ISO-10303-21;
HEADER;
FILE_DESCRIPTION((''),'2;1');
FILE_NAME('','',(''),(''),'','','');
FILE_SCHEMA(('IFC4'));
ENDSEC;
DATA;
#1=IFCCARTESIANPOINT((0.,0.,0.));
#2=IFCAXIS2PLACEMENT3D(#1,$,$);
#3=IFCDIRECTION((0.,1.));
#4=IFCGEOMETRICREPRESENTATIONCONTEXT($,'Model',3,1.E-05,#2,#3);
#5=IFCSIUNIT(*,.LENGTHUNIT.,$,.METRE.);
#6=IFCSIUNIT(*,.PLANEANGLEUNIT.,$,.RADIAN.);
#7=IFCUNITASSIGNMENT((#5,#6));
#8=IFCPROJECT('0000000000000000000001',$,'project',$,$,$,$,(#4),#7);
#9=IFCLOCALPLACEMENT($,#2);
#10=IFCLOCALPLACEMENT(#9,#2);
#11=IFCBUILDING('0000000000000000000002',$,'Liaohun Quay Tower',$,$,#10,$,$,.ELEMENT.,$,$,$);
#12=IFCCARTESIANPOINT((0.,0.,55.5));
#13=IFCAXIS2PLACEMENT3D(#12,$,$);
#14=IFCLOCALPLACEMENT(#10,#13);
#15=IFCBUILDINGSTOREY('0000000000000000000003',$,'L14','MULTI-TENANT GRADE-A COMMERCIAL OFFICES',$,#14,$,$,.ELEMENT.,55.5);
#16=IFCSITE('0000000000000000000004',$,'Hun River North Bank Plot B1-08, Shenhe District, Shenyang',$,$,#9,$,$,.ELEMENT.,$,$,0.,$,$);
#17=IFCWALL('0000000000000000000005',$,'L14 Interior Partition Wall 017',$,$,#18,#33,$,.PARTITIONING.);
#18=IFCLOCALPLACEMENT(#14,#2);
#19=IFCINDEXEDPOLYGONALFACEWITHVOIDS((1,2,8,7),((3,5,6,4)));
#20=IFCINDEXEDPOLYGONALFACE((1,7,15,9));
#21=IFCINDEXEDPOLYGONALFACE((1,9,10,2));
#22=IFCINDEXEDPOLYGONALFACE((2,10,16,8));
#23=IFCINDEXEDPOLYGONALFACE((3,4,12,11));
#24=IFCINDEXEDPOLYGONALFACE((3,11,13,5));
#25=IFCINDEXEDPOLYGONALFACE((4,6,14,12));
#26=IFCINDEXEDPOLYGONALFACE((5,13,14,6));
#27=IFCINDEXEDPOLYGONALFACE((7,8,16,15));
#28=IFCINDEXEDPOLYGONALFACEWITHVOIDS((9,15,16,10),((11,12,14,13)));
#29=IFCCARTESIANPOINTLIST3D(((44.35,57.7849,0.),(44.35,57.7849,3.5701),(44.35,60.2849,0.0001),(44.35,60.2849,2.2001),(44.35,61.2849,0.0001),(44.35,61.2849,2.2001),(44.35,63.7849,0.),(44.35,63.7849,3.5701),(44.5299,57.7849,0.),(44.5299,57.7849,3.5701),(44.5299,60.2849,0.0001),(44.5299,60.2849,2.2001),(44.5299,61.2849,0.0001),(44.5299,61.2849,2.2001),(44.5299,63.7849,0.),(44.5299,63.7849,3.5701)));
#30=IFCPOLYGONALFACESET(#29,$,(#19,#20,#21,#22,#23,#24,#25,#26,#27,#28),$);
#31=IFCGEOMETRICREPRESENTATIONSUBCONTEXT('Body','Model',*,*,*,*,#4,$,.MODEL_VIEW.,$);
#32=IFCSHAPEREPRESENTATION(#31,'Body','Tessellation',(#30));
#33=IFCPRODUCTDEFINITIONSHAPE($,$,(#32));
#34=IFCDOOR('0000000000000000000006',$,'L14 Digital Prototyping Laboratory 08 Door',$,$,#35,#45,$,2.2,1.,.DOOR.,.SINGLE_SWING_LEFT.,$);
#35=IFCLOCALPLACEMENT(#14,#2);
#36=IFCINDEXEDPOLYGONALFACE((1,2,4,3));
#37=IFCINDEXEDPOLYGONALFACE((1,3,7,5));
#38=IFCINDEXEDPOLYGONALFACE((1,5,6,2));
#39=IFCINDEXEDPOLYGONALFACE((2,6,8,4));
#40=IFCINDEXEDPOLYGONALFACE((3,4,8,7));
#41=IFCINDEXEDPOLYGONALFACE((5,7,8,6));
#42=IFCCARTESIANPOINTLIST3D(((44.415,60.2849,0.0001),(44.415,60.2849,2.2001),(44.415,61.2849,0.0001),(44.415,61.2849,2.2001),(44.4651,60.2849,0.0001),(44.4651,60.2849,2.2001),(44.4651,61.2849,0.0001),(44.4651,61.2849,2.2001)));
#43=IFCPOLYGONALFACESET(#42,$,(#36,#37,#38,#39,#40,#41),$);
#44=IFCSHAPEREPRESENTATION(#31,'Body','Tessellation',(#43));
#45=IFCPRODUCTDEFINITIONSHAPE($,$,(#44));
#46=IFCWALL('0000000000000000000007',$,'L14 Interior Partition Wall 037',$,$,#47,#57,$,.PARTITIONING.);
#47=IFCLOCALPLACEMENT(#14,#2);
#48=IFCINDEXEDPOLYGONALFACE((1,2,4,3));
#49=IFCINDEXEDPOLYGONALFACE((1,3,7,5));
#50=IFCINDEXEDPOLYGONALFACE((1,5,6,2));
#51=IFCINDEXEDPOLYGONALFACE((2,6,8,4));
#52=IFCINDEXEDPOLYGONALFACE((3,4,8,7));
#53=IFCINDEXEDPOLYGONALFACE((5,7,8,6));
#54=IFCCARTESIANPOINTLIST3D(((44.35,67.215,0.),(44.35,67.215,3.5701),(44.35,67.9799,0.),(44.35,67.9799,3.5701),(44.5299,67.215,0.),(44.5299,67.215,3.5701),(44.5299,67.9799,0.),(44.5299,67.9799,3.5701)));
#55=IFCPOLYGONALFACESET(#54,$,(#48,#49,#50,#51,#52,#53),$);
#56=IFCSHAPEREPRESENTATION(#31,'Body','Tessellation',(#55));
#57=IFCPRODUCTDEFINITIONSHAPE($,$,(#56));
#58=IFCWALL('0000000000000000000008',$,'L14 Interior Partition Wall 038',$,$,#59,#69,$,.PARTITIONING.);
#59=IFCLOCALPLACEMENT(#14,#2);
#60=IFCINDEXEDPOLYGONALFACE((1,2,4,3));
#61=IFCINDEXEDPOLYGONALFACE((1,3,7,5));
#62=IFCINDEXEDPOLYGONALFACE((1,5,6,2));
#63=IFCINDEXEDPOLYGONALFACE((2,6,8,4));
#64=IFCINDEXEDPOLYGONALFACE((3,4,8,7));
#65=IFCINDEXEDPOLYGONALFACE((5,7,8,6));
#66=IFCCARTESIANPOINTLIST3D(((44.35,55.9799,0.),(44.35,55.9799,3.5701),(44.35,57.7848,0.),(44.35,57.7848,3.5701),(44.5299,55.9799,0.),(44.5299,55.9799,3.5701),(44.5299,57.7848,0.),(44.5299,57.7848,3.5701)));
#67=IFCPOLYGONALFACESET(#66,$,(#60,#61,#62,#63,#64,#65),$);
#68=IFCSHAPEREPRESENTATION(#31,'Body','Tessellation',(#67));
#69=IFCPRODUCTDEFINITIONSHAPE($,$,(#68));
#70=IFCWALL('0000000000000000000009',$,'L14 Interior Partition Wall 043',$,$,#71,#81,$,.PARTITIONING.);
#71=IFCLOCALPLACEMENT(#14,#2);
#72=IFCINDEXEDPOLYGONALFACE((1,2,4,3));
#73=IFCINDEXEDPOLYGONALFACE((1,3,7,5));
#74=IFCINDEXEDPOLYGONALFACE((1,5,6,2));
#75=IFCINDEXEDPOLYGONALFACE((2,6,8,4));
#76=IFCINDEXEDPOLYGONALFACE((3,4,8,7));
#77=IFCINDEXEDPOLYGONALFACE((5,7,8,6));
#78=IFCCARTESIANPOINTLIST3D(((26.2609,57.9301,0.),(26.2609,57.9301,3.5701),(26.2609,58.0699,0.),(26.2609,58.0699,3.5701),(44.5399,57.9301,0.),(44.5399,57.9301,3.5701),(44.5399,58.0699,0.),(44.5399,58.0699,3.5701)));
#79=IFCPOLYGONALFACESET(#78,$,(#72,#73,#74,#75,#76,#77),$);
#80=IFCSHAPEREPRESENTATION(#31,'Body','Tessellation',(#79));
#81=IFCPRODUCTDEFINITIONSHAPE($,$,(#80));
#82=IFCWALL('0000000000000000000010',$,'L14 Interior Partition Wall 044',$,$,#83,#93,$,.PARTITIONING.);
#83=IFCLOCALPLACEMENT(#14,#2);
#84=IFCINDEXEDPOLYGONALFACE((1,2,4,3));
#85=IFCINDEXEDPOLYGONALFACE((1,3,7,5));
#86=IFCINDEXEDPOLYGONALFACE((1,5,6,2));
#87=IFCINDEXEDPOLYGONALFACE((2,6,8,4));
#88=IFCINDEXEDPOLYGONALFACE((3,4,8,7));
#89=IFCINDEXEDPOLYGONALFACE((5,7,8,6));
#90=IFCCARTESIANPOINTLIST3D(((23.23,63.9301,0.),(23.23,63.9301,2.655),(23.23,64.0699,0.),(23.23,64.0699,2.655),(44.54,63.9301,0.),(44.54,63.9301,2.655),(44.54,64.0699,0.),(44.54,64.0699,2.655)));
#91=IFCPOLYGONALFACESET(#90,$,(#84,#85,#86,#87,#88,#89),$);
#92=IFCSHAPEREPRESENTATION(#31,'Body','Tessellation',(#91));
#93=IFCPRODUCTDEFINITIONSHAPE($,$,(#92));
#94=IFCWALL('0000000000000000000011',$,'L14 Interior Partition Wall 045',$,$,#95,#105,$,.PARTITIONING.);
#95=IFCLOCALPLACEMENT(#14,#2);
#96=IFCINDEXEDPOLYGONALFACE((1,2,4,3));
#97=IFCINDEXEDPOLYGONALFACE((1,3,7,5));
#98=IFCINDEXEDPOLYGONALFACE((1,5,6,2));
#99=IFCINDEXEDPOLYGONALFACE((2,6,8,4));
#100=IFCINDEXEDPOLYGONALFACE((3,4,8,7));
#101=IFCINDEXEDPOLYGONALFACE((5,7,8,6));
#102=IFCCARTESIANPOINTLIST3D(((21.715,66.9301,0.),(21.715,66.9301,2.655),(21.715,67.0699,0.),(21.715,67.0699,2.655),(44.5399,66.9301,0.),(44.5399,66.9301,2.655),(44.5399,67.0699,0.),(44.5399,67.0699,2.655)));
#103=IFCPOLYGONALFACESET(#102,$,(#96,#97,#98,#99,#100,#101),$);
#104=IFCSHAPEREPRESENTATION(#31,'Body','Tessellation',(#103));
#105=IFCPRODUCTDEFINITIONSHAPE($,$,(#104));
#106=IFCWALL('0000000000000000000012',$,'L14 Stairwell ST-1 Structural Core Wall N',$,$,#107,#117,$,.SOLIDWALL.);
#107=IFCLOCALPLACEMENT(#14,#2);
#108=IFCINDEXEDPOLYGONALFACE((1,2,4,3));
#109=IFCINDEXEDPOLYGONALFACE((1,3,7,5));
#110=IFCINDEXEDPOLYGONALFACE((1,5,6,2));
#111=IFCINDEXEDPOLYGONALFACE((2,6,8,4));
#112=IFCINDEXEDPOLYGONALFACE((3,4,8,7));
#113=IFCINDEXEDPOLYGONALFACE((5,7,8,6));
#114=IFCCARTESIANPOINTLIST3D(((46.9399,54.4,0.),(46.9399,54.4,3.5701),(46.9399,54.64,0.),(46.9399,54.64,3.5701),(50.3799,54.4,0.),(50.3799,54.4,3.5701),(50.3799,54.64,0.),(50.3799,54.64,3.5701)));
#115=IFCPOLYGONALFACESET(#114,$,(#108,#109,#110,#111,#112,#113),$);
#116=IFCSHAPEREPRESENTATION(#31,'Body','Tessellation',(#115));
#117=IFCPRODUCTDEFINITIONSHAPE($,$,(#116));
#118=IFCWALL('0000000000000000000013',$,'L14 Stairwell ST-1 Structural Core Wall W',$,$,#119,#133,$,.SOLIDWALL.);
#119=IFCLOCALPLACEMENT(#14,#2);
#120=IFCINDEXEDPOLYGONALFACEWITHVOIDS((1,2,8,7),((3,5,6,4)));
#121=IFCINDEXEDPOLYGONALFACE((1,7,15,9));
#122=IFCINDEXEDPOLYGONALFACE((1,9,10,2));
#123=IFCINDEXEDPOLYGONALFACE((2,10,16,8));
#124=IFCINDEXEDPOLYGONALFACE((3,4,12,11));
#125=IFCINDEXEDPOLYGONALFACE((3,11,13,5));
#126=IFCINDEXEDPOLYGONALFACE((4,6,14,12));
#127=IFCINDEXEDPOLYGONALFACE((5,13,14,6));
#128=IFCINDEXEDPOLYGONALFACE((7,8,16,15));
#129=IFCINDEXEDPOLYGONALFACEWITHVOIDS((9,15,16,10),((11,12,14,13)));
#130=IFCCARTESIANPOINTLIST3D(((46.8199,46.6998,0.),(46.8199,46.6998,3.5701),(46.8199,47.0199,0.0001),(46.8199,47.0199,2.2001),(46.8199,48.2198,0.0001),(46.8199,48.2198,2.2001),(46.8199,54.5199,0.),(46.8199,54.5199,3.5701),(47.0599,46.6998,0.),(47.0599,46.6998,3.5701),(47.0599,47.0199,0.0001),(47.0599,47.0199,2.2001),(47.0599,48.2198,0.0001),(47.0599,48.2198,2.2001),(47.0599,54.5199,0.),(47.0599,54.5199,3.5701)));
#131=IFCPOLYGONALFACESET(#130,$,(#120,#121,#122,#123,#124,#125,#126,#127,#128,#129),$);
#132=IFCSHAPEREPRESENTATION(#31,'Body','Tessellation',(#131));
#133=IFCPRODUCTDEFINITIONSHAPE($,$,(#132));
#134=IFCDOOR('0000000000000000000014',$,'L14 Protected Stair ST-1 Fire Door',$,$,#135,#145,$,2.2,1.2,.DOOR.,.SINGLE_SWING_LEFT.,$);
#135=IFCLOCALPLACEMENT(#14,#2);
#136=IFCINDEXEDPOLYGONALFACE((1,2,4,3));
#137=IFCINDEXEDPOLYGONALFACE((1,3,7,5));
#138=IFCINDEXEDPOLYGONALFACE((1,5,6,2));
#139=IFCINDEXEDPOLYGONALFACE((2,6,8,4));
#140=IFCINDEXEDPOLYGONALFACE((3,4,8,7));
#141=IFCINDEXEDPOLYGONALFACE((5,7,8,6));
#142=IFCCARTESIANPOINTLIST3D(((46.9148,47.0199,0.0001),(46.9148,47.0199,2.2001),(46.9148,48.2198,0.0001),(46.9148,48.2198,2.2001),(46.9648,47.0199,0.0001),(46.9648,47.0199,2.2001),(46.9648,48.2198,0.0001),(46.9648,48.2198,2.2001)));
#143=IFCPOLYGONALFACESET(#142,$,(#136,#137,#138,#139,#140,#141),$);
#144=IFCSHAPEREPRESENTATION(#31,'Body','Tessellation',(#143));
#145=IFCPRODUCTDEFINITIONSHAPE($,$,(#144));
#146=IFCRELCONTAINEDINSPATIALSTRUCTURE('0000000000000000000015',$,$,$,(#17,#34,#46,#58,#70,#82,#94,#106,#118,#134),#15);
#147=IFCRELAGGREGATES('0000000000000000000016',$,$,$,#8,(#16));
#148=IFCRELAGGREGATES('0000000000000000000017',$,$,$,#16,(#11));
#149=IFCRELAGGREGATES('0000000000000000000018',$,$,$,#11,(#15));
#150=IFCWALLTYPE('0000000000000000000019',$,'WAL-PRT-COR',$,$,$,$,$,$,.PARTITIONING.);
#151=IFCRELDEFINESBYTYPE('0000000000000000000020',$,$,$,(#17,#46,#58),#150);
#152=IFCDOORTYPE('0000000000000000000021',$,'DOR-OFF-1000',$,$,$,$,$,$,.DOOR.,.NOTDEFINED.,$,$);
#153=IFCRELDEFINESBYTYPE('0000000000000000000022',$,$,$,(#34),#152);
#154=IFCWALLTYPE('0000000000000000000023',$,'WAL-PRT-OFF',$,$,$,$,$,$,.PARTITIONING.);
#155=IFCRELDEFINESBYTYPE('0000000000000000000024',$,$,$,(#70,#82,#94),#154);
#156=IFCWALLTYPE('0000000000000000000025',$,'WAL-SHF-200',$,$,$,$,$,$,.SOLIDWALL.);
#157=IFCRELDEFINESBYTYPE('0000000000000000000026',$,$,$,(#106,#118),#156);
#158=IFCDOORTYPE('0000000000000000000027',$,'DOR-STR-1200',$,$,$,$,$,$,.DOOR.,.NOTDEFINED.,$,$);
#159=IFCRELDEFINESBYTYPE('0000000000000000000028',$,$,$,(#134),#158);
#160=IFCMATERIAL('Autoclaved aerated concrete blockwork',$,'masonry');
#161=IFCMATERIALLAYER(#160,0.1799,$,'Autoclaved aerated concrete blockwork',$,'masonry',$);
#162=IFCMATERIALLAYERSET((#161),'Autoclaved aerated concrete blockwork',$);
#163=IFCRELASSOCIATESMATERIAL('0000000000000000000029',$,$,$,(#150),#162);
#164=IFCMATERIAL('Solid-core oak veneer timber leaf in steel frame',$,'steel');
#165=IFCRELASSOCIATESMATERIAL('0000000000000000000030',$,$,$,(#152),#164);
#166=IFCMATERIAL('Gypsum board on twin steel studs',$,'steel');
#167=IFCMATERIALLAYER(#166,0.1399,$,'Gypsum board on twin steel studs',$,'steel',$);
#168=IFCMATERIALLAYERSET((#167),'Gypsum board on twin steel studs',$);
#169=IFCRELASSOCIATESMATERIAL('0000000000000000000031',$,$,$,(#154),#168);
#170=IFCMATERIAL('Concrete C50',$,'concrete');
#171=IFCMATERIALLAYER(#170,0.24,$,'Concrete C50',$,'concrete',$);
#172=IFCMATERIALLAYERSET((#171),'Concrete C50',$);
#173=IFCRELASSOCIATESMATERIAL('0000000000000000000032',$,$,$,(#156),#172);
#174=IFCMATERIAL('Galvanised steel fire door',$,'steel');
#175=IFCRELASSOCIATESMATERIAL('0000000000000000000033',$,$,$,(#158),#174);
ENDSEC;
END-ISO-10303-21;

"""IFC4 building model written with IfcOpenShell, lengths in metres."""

from ifc_helpers import new_model, si_unit, direction, frame, frame_2d, origin, place, context, subcontext, project, spatial, rectangle, extrude, source, transform, mapped, material, layer, layer_set, type_object, element, fill, save


model = new_model("IFC4")

# Units and contexts
model_context = context("Model", 3, precision=1e-05, world=origin(), true_north=direction((0.0, 1.0)))
body_context = subcontext(model_context, "Body", "Model", "MODEL_VIEW")
ifc_project = project(units=[si_unit("LENGTHUNIT", "METRE"), si_unit("PLANEANGLEUNIT", "RADIAN")], contexts=[model_context])

# Site, building, storey
site_placement = place(None, origin())
site = spatial("IfcSite", under=ifc_project, at=site_placement, Name="Hun River North Bank Plot B1-08, Shenhe District, Shenyang", CompositionType="ELEMENT", RefElevation=0.0)
building_placement = place(site_placement, origin())
building = spatial("IfcBuilding", under=site, at=building_placement, Name="Liaohun Quay Tower", CompositionType="ELEMENT")
storey_placement = place(building_placement, frame((0.0, 0.0, 55.5)))
storey = spatial("IfcBuildingStorey", under=building, at=storey_placement, Name="L14", Description="MULTI-TENANT GRADE-A COMMERCIAL OFFICES", CompositionType="ELEMENT", Elevation=55.5)

# Wall, opening, door
ifc_material_1 = material(Name="Autoclaved aerated concrete blockwork", Category="masonry")
ifc_layer_1 = layer(ifc_material_1, 0.1799, Name="Autoclaved aerated concrete blockwork", Category="masonry")
ifc_layer_set_1 = layer_set([ifc_layer_1], Name="Autoclaved aerated concrete blockwork")
wall_type_1 = type_object("IfcWallType", Name="WAL-PRT-COR", PredefinedType="PARTITIONING", material=ifc_layer_set_1)
shared_shape_1 = source(origin(), body_context, "Body", "SweptSolid", [
    extrude(rectangle(XDim=1.0, YDim=2.2, at=frame_2d((0.5, 1.1001))), frame((0.0, 0.0999, 0.0), z_axis=(0.0, -1.0, 0.0), x_axis=(1.0, 0.0, 0.0)), (0.0, 0.0, 1.0), 0.2),
])
ifc_material_2 = material(Name="Solid-core oak veneer timber leaf in steel frame", Category="steel")
door_type_1 = type_object("IfcDoorType", Name="DOR-OFF-1000", OperationType="NOTDEFINED", PredefinedType="DOOR", material=ifc_material_2)
shared_shape_2 = source(origin(), body_context, "Body", "SweptSolid", [
    extrude(rectangle(XDim=1.0, YDim=2.2, at=frame_2d((0.5, 1.1001))), frame((0.0, 0.0249, 0.0), z_axis=(0.0, -1.0, 0.0), x_axis=(1.0, 0.0, 0.0)), (0.0, 0.0, 1.0), 0.05),
])
wall_1_placement = place(storey_placement, frame((44.4399, 57.7849, 0.0), z_axis=(0.0, 0.0, 1.0), x_axis=(0.0, 1.0, 0.0)))
wall_1 = element("IfcWall", 1, at=wall_1_placement, inside=storey, type_object=wall_type_1, Name="L14 Interior Partition Wall 017", PredefinedType="PARTITIONING", context=body_context, shape_type="SweptSolid", body=[
    extrude(rectangle(XDim=6.0, YDim=0.1799, at=frame_2d((3.0, 0.0))), origin(), (0.0, 0.0, 1.0), 3.5701),
])
opening_1_placement = place(wall_1_placement, frame((2.5, 0.0, 0.0)))
opening_1 = element("IfcOpeningElement", 2, at=opening_1_placement, cuts=wall_1, PredefinedType="OPENING", context=body_context, shape_type="MappedRepresentation", body=[
    mapped(shared_shape_1, transform((0.0, 0.0, 0.0), x_axis=(1.0, 0.0, 0.0), y_axis=(0.0, 1.0, 0.0), z_axis=(0.0, 0.0, 1.0), scale=1.0)),
])
door_1_placement = place(opening_1_placement, origin())
door_1 = element("IfcDoor", 3, at=door_1_placement, inside=storey, type_object=door_type_1, Name="L14 Digital Prototyping Laboratory 08 Door", OperationType="SINGLE_SWING_LEFT", OverallHeight=2.2, OverallWidth=1.0, PredefinedType="DOOR", context=body_context, shape_type="MappedRepresentation", body=[
    mapped(shared_shape_2, transform((0.0, 0.0, 0.0), x_axis=(1.0, 0.0, 0.0), y_axis=(0.0, 1.0, 0.0), z_axis=(0.0, 0.0, 1.0), scale=1.0)),
])
fill(opening_1, door_1)

# Walls
wall_2_placement = place(storey_placement, frame((44.4399, 67.2151, 0.0), z_axis=(0.0, 0.0, 1.0), x_axis=(0.0, 1.0, 0.0)))
element("IfcWall", 4, at=wall_2_placement, inside=storey, type_object=wall_type_1, Name="L14 Interior Partition Wall 037", PredefinedType="PARTITIONING", context=body_context, shape_type="SweptSolid", body=[
    extrude(rectangle(XDim=0.7649, YDim=0.1799, at=frame_2d((0.3823, 0.0))), origin(), (0.0, 0.0, 1.0), 3.5701),
])
wall_3_placement = place(storey_placement, frame((44.4399, 55.98, 0.0), z_axis=(0.0, 0.0, 1.0), x_axis=(0.0, 1.0, 0.0)))
element("IfcWall", 5, at=wall_3_placement, inside=storey, type_object=wall_type_1, Name="L14 Interior Partition Wall 038", PredefinedType="PARTITIONING", context=body_context, shape_type="SweptSolid", body=[
    extrude(rectangle(XDim=1.8049, YDim=0.1799, at=frame_2d((0.9023, 0.0))), origin(), (0.0, 0.0, 1.0), 3.5701),
])
ifc_material_3 = material(Name="Gypsum board on twin steel studs", Category="steel")
ifc_layer_2 = layer(ifc_material_3, 0.1399, Name="Gypsum board on twin steel studs", Category="steel")
ifc_layer_set_2 = layer_set([ifc_layer_2], Name="Gypsum board on twin steel studs")
wall_type_2 = type_object("IfcWallType", Name="WAL-PRT-OFF", PredefinedType="PARTITIONING", material=ifc_layer_set_2)
wall_4_placement = place(storey_placement, frame((44.54, 58.0, 0.0), z_axis=(0.0, 0.0, 1.0), x_axis=(-1.0, 0.0, 0.0)))
element("IfcWall", 6, at=wall_4_placement, inside=storey, type_object=wall_type_2, Name="L14 Interior Partition Wall 043", PredefinedType="PARTITIONING", context=body_context, shape_type="SweptSolid", body=[
    extrude(rectangle(XDim=18.2791, YDim=0.1399, at=frame_2d((9.1396, 0.0))), origin(), (0.0, 0.0, 1.0), 3.5701),
])
wall_5_placement = place(storey_placement, frame((44.54, 64.0, 0.0), z_axis=(0.0, 0.0, 1.0), x_axis=(-1.0, 0.0, 0.0)))
element("IfcWall", 7, at=wall_5_placement, inside=storey, type_object=wall_type_2, Name="L14 Interior Partition Wall 044", PredefinedType="PARTITIONING", context=body_context, shape_type="SweptSolid", body=[
    extrude(rectangle(XDim=21.3101, YDim=0.1399, at=frame_2d((10.655, 0.0))), origin(), (0.0, 0.0, 1.0), 2.655),
])
wall_6_placement = place(storey_placement, frame((44.54, 67.0, 0.0), z_axis=(0.0, 0.0, 1.0), x_axis=(-1.0, 0.0, 0.0)))
element("IfcWall", 8, at=wall_6_placement, inside=storey, type_object=wall_type_2, Name="L14 Interior Partition Wall 045", PredefinedType="PARTITIONING", context=body_context, shape_type="SweptSolid", body=[
    extrude(rectangle(XDim=22.825, YDim=0.1399, at=frame_2d((11.4126, 0.0))), origin(), (0.0, 0.0, 1.0), 2.655),
])
ifc_material_4 = material(Name="Concrete C50", Category="concrete")
ifc_layer_3 = layer(ifc_material_4, 0.24, Name="Concrete C50", Category="concrete")
ifc_layer_set_3 = layer_set([ifc_layer_3], Name="Concrete C50")
wall_type_3 = type_object("IfcWallType", Name="WAL-SHF-200", PredefinedType="SOLIDWALL", material=ifc_layer_set_3)
wall_7_placement = place(storey_placement, frame((50.3799, 54.52, 0.0), z_axis=(0.0, 0.0, 1.0), x_axis=(-1.0, 0.0, 0.0)))
element("IfcWall", 9, at=wall_7_placement, inside=storey, type_object=wall_type_3, Name="L14 Stairwell ST-1 Structural Core Wall N", PredefinedType="SOLIDWALL", context=body_context, shape_type="SweptSolid", body=[
    extrude(rectangle(XDim=3.4399, YDim=0.24, at=frame_2d((1.72, 0.0))), origin(), (0.0, 0.0, 1.0), 3.5701),
])

# Wall, opening, door
wall_8_placement = place(storey_placement, frame((46.9399, 54.52, 0.0), z_axis=(0.0, 0.0, 1.0), x_axis=(0.0, -1.0, 0.0)))
wall_8 = element("IfcWall", 10, at=wall_8_placement, inside=storey, type_object=wall_type_3, Name="L14 Stairwell ST-1 Structural Core Wall W", PredefinedType="SOLIDWALL", context=body_context, shape_type="SweptSolid", body=[
    extrude(rectangle(XDim=7.8201, YDim=0.24, at=frame_2d((3.9102, 0.0))), origin(), (0.0, 0.0, 1.0), 3.5701),
])
shared_shape_3 = source(origin(), body_context, "Body", "SweptSolid", [
    extrude(rectangle(XDim=1.2, YDim=2.2, at=frame_2d((0.6001, 1.1001))), frame((0.0, 0.1299, 0.0), z_axis=(0.0, -1.0, 0.0), x_axis=(1.0, 0.0, 0.0)), (0.0, 0.0, 1.0), 0.26),
])
opening_2_placement = place(wall_8_placement, frame((6.3, 0.0, 0.0)))
opening_2 = element("IfcOpeningElement", 11, at=opening_2_placement, cuts=wall_8, PredefinedType="OPENING", context=body_context, shape_type="MappedRepresentation", body=[
    mapped(shared_shape_3, transform((0.0, 0.0, 0.0), x_axis=(1.0, 0.0, 0.0), y_axis=(0.0, 1.0, 0.0), z_axis=(0.0, 0.0, 1.0), scale=1.0)),
])
ifc_material_5 = material(Name="Galvanised steel fire door", Category="steel")
door_type_2 = type_object("IfcDoorType", Name="DOR-STR-1200", OperationType="NOTDEFINED", PredefinedType="DOOR", material=ifc_material_5)
shared_shape_4 = source(origin(), body_context, "Body", "SweptSolid", [
    extrude(rectangle(XDim=1.2, YDim=2.2, at=frame_2d((0.6001, 1.1001))), frame((0.0, 0.0249, 0.0), z_axis=(0.0, -1.0, 0.0), x_axis=(1.0, 0.0, 0.0)), (0.0, 0.0, 1.0), 0.05),
])
door_2_placement = place(opening_2_placement, origin())
door_2 = element("IfcDoor", 12, at=door_2_placement, inside=storey, type_object=door_type_2, Name="L14 Protected Stair ST-1 Fire Door", OperationType="SINGLE_SWING_LEFT", OverallHeight=2.2, OverallWidth=1.2, PredefinedType="DOOR", context=body_context, shape_type="MappedRepresentation", body=[
    mapped(shared_shape_4, transform((0.0, 0.0, 0.0), x_axis=(1.0, 0.0, 0.0), y_axis=(0.0, 1.0, 0.0), z_axis=(0.0, 0.0, 1.0), scale=1.0)),
])
fill(opening_2, door_2)

save(model, "model.ifc")
